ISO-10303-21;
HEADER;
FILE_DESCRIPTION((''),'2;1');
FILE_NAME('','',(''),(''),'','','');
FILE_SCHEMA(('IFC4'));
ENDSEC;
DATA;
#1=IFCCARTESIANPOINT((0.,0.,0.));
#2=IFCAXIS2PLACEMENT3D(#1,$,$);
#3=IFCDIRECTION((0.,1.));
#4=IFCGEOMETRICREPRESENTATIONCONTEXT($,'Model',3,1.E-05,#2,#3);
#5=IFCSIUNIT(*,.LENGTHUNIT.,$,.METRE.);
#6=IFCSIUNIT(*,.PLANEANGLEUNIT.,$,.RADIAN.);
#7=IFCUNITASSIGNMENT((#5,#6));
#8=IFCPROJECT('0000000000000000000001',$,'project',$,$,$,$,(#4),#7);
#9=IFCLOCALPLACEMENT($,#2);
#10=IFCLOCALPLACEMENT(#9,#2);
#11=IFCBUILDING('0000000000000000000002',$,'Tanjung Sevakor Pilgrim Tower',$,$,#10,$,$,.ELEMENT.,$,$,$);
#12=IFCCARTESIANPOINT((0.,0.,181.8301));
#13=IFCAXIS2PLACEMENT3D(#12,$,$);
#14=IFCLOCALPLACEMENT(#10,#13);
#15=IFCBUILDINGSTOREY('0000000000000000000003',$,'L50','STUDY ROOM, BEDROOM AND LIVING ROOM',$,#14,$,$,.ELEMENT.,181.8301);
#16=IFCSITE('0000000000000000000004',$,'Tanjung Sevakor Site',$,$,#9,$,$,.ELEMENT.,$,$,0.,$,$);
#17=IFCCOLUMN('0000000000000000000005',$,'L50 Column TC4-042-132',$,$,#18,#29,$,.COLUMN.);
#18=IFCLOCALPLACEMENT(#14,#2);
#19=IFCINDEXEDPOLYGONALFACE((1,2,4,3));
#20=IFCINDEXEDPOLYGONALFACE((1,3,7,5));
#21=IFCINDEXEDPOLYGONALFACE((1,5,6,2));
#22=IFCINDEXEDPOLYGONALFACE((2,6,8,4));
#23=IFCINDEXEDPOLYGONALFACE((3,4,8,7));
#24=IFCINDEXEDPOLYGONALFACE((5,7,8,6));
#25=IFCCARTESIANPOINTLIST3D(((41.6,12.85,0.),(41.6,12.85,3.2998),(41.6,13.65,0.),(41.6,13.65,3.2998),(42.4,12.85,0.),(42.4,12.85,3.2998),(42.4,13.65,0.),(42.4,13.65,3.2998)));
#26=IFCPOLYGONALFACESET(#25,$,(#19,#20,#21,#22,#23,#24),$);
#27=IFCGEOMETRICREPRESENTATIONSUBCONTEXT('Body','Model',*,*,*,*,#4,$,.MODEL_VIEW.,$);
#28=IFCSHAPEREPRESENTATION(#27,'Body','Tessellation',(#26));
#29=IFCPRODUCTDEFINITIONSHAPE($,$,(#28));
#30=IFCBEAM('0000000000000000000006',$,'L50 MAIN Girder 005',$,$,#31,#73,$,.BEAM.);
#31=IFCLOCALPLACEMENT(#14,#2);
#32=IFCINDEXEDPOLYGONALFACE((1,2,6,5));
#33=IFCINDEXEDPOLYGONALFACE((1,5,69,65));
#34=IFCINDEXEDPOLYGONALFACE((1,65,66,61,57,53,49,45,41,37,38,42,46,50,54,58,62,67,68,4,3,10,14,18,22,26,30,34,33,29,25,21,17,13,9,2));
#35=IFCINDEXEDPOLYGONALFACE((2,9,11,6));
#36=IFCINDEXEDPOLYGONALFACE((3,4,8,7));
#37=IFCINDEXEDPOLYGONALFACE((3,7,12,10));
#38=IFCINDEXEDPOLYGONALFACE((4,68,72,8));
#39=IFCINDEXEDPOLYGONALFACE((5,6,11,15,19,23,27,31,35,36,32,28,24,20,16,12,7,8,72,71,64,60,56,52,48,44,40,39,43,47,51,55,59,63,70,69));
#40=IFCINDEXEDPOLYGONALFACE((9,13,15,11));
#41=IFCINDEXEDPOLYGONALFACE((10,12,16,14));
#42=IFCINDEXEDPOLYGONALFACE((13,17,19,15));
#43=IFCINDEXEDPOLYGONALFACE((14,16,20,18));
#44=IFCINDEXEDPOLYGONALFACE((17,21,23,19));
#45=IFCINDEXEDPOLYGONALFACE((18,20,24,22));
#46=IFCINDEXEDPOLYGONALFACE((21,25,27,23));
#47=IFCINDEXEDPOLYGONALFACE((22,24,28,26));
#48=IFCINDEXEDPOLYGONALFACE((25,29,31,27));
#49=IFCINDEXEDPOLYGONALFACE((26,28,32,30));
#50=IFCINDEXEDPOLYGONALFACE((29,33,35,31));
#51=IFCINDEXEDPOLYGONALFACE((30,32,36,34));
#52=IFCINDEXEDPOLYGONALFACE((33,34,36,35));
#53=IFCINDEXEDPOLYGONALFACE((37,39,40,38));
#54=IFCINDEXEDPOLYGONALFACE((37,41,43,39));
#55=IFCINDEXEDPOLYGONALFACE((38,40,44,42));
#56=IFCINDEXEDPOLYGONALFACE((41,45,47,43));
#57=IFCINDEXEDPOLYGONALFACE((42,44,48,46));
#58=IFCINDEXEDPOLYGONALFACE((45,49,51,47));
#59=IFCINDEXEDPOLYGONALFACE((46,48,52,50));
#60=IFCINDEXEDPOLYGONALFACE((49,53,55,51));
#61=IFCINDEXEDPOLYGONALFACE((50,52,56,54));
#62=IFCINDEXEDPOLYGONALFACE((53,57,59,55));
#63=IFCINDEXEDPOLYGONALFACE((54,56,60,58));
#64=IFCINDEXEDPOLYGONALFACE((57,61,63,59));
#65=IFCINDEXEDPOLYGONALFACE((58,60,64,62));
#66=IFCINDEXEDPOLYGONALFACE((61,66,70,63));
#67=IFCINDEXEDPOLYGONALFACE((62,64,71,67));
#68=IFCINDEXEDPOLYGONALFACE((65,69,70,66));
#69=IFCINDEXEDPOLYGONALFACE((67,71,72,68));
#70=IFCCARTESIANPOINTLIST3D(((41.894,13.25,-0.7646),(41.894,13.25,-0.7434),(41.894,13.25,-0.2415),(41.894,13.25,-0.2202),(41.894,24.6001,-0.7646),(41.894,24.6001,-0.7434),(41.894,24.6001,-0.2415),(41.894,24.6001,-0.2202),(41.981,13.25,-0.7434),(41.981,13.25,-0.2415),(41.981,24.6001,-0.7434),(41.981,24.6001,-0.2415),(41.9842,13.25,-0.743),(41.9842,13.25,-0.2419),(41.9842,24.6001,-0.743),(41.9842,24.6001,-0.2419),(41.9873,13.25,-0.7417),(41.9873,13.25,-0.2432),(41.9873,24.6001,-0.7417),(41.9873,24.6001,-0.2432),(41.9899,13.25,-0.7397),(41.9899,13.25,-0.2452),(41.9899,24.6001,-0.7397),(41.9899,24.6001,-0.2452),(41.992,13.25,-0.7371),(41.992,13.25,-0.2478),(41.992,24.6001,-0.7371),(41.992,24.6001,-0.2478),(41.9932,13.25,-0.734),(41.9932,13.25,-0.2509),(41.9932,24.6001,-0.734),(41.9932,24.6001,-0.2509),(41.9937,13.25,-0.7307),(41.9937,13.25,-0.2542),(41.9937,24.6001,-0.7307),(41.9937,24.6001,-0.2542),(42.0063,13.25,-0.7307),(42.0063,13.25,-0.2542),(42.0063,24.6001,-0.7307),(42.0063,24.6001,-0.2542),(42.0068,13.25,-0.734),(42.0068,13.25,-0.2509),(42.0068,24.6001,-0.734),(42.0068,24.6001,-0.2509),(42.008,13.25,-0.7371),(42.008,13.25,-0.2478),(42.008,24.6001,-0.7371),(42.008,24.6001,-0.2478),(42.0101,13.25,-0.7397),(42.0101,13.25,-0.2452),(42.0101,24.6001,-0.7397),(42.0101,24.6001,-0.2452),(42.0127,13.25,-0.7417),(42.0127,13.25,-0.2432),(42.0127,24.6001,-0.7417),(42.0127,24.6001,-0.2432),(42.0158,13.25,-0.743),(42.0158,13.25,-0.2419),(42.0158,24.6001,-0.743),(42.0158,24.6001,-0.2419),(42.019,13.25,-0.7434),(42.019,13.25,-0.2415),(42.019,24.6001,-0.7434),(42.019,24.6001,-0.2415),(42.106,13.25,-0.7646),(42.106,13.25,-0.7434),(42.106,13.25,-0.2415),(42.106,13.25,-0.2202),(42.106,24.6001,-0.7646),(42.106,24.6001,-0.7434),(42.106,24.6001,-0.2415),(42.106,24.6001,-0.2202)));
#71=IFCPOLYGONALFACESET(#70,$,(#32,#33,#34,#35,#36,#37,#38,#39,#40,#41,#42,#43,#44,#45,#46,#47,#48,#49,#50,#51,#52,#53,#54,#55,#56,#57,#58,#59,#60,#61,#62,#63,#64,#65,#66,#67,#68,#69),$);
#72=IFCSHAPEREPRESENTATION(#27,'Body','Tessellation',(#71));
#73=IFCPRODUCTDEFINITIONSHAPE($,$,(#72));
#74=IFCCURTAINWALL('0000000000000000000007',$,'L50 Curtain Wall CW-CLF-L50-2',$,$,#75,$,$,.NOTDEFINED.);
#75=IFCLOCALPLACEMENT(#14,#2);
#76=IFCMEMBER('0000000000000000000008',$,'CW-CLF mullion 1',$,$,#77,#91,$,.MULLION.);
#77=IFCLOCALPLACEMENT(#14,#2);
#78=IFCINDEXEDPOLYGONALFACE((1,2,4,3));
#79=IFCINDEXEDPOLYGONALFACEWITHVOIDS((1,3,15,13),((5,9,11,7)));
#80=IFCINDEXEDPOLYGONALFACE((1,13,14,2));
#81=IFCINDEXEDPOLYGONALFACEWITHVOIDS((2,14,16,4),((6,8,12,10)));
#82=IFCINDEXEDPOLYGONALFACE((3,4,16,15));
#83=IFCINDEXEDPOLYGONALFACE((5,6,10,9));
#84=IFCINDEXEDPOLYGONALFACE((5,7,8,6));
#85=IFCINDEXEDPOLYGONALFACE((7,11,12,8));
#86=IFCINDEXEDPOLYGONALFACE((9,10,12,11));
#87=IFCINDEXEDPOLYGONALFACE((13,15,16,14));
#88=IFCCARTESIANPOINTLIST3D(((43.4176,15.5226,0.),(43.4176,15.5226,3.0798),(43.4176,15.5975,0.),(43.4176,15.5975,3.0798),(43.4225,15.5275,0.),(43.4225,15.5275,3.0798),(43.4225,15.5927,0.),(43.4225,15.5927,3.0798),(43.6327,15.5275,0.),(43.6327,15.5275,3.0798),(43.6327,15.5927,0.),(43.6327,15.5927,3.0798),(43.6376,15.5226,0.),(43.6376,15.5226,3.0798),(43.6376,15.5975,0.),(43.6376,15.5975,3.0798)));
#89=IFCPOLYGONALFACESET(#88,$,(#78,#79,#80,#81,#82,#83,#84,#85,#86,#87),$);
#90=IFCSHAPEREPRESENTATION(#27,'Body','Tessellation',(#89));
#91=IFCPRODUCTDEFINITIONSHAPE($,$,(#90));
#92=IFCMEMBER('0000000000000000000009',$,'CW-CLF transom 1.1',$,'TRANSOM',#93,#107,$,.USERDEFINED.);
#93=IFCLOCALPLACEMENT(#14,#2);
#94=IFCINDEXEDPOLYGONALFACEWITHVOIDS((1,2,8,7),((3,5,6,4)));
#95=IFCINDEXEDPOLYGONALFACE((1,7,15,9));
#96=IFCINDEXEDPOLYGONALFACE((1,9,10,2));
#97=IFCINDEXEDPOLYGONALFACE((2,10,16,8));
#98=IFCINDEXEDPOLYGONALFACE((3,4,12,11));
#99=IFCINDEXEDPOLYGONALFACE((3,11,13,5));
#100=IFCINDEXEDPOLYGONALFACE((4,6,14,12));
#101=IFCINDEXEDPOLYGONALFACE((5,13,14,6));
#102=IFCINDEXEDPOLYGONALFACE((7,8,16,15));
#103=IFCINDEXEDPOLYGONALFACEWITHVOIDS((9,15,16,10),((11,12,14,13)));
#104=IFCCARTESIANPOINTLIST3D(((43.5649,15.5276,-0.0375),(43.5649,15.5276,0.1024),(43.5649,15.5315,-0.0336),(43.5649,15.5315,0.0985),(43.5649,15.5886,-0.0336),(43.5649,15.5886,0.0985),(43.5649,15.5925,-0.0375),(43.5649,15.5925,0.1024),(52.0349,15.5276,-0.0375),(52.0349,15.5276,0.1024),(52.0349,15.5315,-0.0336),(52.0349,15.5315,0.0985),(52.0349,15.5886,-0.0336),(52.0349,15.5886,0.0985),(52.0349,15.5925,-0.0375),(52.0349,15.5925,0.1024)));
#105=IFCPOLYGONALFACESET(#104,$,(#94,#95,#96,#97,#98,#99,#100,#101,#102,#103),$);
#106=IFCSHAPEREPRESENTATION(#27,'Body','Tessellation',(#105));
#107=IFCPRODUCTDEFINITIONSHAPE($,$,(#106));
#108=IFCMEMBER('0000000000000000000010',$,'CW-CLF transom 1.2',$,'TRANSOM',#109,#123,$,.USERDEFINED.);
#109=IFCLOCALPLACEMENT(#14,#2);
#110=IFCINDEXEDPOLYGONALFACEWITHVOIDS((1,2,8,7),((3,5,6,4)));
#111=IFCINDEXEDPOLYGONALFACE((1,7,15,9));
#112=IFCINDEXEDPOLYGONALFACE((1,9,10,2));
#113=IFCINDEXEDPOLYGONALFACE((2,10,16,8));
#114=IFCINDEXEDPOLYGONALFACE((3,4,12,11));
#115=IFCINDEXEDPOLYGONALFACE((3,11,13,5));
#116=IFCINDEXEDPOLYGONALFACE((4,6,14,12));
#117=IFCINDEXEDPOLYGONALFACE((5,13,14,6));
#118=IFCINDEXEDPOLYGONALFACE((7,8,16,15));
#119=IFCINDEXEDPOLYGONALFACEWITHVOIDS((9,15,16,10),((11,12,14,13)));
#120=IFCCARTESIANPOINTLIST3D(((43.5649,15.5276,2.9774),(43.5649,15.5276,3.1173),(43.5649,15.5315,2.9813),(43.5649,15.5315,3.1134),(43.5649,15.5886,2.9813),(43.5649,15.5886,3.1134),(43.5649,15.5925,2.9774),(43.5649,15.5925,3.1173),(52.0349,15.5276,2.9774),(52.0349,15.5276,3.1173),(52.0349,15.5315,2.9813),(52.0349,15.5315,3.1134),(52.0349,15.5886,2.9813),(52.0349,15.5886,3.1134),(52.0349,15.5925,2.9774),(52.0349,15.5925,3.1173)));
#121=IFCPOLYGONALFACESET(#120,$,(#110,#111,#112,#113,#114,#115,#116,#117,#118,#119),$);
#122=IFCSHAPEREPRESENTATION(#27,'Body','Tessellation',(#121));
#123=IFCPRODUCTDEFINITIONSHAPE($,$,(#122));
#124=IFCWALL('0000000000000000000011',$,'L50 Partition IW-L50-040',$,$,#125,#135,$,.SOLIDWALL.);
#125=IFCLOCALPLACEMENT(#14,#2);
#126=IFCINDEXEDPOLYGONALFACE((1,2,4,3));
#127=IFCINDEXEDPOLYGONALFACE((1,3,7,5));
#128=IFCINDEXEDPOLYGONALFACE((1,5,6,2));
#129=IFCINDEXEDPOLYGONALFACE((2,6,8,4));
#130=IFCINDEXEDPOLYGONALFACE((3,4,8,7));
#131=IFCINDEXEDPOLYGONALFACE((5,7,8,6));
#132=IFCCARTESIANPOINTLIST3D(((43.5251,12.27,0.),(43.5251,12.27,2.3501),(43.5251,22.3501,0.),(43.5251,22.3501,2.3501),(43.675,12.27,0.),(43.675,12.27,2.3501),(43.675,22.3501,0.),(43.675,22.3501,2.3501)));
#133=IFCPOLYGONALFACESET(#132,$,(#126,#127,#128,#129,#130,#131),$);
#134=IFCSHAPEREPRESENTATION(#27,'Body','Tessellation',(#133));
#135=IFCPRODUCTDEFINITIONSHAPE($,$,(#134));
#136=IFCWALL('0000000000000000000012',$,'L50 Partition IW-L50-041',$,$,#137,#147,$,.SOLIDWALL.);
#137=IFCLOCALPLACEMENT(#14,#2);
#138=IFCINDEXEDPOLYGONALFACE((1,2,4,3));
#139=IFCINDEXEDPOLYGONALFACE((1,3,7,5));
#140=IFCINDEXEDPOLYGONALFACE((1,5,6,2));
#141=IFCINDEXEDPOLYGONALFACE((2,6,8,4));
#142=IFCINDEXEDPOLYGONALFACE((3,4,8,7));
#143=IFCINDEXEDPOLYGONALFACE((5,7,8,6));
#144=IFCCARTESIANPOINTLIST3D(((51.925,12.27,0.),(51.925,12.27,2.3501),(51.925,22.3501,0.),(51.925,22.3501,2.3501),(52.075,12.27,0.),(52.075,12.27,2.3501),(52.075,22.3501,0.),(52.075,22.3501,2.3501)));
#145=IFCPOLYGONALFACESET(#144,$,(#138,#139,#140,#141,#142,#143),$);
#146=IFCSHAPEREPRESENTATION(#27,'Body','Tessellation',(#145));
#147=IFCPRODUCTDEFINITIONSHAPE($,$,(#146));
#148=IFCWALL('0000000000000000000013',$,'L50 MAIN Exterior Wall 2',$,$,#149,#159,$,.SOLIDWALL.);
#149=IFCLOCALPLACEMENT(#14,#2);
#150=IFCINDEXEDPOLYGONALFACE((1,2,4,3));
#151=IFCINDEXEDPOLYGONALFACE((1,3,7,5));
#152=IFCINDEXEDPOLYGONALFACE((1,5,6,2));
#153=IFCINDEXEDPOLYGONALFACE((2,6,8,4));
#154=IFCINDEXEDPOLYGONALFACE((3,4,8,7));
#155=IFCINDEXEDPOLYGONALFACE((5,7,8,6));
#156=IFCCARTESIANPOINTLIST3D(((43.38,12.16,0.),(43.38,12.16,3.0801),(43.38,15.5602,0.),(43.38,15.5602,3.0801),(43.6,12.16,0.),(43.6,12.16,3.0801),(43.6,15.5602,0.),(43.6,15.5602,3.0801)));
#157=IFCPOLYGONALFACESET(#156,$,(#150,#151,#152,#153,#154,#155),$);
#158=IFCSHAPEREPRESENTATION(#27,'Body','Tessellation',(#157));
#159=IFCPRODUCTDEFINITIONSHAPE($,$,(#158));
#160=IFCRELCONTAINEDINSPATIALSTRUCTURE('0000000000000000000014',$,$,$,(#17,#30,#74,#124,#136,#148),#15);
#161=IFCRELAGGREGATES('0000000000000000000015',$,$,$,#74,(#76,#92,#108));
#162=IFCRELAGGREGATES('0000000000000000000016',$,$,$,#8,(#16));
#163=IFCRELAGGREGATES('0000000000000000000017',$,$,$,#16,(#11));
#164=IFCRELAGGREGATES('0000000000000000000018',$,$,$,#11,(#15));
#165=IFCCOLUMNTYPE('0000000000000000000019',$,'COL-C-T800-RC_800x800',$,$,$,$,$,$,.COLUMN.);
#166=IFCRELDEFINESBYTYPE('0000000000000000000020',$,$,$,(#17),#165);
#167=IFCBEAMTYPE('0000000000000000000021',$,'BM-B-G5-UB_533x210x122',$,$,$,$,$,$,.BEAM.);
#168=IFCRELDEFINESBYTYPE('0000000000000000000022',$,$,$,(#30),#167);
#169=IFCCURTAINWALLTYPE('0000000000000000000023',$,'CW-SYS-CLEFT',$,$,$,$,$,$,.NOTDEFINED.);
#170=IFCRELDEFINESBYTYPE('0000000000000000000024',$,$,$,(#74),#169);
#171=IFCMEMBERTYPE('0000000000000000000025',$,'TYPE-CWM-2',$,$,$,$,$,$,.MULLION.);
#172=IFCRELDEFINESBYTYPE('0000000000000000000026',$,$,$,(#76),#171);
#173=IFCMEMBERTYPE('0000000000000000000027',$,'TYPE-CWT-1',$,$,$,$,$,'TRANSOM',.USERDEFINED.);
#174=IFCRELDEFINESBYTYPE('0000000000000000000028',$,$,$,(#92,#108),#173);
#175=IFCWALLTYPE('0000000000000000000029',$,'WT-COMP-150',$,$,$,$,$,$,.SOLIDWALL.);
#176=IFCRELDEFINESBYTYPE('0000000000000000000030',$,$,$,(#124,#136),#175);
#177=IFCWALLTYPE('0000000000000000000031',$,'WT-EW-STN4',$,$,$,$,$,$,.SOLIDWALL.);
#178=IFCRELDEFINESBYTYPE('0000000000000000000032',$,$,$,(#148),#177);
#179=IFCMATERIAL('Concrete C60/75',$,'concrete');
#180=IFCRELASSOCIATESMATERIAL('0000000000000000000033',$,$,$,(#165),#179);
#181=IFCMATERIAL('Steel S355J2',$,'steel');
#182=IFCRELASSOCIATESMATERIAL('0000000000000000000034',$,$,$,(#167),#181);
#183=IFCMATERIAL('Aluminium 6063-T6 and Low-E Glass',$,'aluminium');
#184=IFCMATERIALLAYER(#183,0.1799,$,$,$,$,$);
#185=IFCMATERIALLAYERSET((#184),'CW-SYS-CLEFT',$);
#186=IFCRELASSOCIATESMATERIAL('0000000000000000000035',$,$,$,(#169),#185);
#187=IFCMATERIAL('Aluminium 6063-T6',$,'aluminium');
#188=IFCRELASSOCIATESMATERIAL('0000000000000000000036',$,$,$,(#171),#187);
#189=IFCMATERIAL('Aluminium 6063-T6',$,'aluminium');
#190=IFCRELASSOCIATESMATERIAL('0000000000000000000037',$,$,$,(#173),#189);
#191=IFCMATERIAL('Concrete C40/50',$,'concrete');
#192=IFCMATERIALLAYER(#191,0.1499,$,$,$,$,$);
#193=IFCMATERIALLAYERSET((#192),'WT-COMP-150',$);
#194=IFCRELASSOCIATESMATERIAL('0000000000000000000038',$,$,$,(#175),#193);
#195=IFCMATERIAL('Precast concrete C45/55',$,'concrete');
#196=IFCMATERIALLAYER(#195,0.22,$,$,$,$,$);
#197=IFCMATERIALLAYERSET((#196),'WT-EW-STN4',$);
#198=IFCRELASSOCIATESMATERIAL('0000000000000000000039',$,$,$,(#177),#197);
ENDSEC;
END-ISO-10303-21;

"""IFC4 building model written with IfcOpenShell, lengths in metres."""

from ifc_helpers import new_model, si_unit, direction, frame, frame_2d, origin, origin_2d, place, context, subcontext, project, spatial, rectangle, hollow_rectangle, i_section, extrude, material, layer, layer_set, material_profile, profile_set, type_object, element, aggregate, save


model = new_model("IFC4")

# Units and contexts
model_context = context("Model", 3, precision=1e-05, world=origin(), true_north=direction((0.0, 1.0)))
body_context = subcontext(model_context, "Body", "Model", "MODEL_VIEW")
ifc_project = project(units=[si_unit("LENGTHUNIT", "METRE"), si_unit("PLANEANGLEUNIT", "RADIAN")], contexts=[model_context])

# Site, building, storey
site_placement = place(None, origin())
site = spatial("IfcSite", under=ifc_project, at=site_placement, Name="Tanjung Sevakor Site", CompositionType="ELEMENT", RefElevation=0.0)
building_placement = place(site_placement, origin())
building = spatial("IfcBuilding", under=site, at=building_placement, Name="Tanjung Sevakor Pilgrim Tower", CompositionType="ELEMENT")
storey_placement = place(building_placement, frame((0.0, 0.0, 181.8301)))
storey = spatial("IfcBuildingStorey", under=building, at=storey_placement, Name="L50", Description="STUDY ROOM, BEDROOM AND LIVING ROOM", CompositionType="ELEMENT", Elevation=181.8301)

# Column
ifc_material_1 = material(Name="Concrete C60/75", Category="concrete")
ifc_material_profile_1 = material_profile(ifc_material_1, rectangle(XDim=0.8, YDim=0.8, at=origin_2d()))
ifc_profile_set_1 = profile_set([ifc_material_profile_1], Name="Concrete C60/75")
column_type = type_object("IfcColumnType", Name="COL-C-T800-RC_800x800", PredefinedType="COLUMN", material=ifc_profile_set_1)
column_placement = place(storey_placement, frame((42.0, 13.25, 0.0), z_axis=(0.0, 0.0, 1.0), x_axis=(1.0, 0.0, 0.0)))
element("IfcColumn", 1, at=column_placement, inside=storey, type_object=column_type, Name="L50 Column TC4-042-132", PredefinedType="COLUMN", context=body_context, shape_type="SweptSolid", body=[
    extrude(rectangle(XDim=0.8, YDim=0.8, at=origin_2d()), origin(), (0.0, 0.0, 1.0), 3.2998),
])

# Beam
ifc_material_2 = material(Name="Steel S355J2", Category="steel")
ifc_material_profile_2 = material_profile(ifc_material_2, i_section(OverallWidth=0.2119, OverallDepth=0.5444, WebThickness=0.0127, FlangeThickness=0.0212, FilletRadius=0.0127, at=origin_2d()))
ifc_profile_set_2 = profile_set([ifc_material_profile_2], Name="Steel S355J2")
beam_type = type_object("IfcBeamType", Name="BM-B-G5-UB_533x210x122", PredefinedType="BEAM", material=ifc_profile_set_2)
beam_placement = place(storey_placement, frame((42.0, 13.25, -0.4924), z_axis=(0.0, 1.0, 0.0), x_axis=(-1.0, 0.0, 0.0)))
element("IfcBeam", 2, at=beam_placement, inside=storey, type_object=beam_type, Name="L50 MAIN Girder 005", PredefinedType="BEAM", context=body_context, shape_type="SweptSolid", body=[
    extrude(i_section(OverallWidth=0.2119, OverallDepth=0.5444, WebThickness=0.0127, FlangeThickness=0.0212, FilletRadius=0.0127, at=origin_2d()), origin(), (0.0, 0.0, 1.0), 11.3501),
])

# Curtain wall, members
ifc_material_3 = material(Name="Aluminium 6063-T6 and Low-E Glass", Category="aluminium")
ifc_layer_1 = layer(ifc_material_3, 0.1799)
ifc_layer_set_1 = layer_set([ifc_layer_1], Name="CW-SYS-CLEFT")
curtain_wall_type = type_object("IfcCurtainWallType", Name="CW-SYS-CLEFT", PredefinedType="NOTDEFINED", material=ifc_layer_set_1)
curtain_wall_placement = place(storey_placement, origin())
curtain_wall = element("IfcCurtainWall", 3, at=curtain_wall_placement, inside=storey, type_object=curtain_wall_type, Name="L50 Curtain Wall CW-CLF-L50-2", PredefinedType="NOTDEFINED")
ifc_material_4 = material(Name="Aluminium 6063-T6", Category="aluminium")
ifc_material_profile_3 = material_profile(ifc_material_4, hollow_rectangle(XDim=0.075, YDim=0.22, WallThickness=0.0049, at=origin_2d()))
ifc_profile_set_3 = profile_set([ifc_material_profile_3], Name="Aluminium 6063-T6")
member_type_1 = type_object("IfcMemberType", Name="TYPE-CWM-2", PredefinedType="MULLION", material=ifc_profile_set_3)
member_1_placement = place(storey_placement, frame((43.5276, 15.5601, 0.0), z_axis=(0.0, 0.0, 1.0), x_axis=(0.0, 1.0, 0.0)))
member_1 = element("IfcMember", 4, at=member_1_placement, type_object=member_type_1, Name="CW-CLF mullion 1", PredefinedType="MULLION", context=body_context, shape_type="SweptSolid", body=[
    extrude(hollow_rectangle(XDim=0.075, YDim=0.22, WallThickness=0.0049, at=origin_2d()), origin(), (0.0, 0.0, 1.0), 3.0798),
])
ifc_material_5 = material(Name="Aluminium 6063-T6", Category="aluminium")
ifc_material_profile_4 = material_profile(ifc_material_5, hollow_rectangle(XDim=0.0649, YDim=0.1399, WallThickness=0.0039, at=origin_2d()))
ifc_profile_set_4 = profile_set([ifc_material_profile_4], Name="Aluminium 6063-T6")
member_type_2 = type_object("IfcMemberType", Name="TYPE-CWT-1", ElementType="TRANSOM", PredefinedType="USERDEFINED", material=ifc_profile_set_4)
member_2_placement = place(storey_placement, frame((43.5649, 15.5601, 0.0325), z_axis=(1.0, 0.0, 0.0), x_axis=(0.0, 1.0, 0.0)))
member_2 = element("IfcMember", 5, at=member_2_placement, type_object=member_type_2, Name="CW-CLF transom 1.1", ObjectType="TRANSOM", PredefinedType="USERDEFINED", context=body_context, shape_type="SweptSolid", body=[
    extrude(hollow_rectangle(XDim=0.0649, YDim=0.1399, WallThickness=0.0039, at=origin_2d()), origin(), (0.0, 0.0, 1.0), 8.47),
])
member_3_placement = place(storey_placement, frame((43.5649, 15.5601, 3.0474), z_axis=(1.0, 0.0, 0.0), x_axis=(0.0, 1.0, 0.0)))
member_3 = element("IfcMember", 6, at=member_3_placement, type_object=member_type_2, Name="CW-CLF transom 1.2", ObjectType="TRANSOM", PredefinedType="USERDEFINED", context=body_context, shape_type="SweptSolid", body=[
    extrude(hollow_rectangle(XDim=0.0649, YDim=0.1399, WallThickness=0.0039, at=origin_2d()), origin(), (0.0, 0.0, 1.0), 8.47),
])
aggregate(curtain_wall, [member_1, member_2, member_3])

# Walls
ifc_material_6 = material(Name="Concrete C40/50", Category="concrete")
ifc_layer_2 = layer(ifc_material_6, 0.1499)
ifc_layer_set_2 = layer_set([ifc_layer_2], Name="WT-COMP-150")
wall_type_1 = type_object("IfcWallType", Name="WT-COMP-150", PredefinedType="SOLIDWALL", material=ifc_layer_set_2)
for number, where, z_axis, x_axis, name in (
    (7, (43.6001, 12.27, 0.0), (0.0, 0.0, 1.0), (0.0, 1.0, 0.0), "L50 Partition IW-L50-040"),
    (8, (52.0, 12.27, 0.0), (0.0, 0.0, 1.0), (0.0, 1.0, 0.0), "L50 Partition IW-L50-041"),
):
    element("IfcWall", number, at=place(storey_placement, frame(where, z_axis=z_axis, x_axis=x_axis)), inside=storey, type_object=wall_type_1, Name=name, PredefinedType="SOLIDWALL", context=body_context, shape_type="SweptSolid", body=[
        extrude(rectangle(XDim=10.0801, YDim=0.1499, at=frame_2d((5.04, 0.0))), origin(), (0.0, 0.0, 1.0), 2.3501),
    ])
ifc_material_7 = material(Name="Precast concrete C45/55", Category="concrete")
ifc_layer_3 = layer(ifc_material_7, 0.22)
ifc_layer_set_3 = layer_set([ifc_layer_3], Name="WT-EW-STN4")
wall_type_2 = type_object("IfcWallType", Name="WT-EW-STN4", PredefinedType="SOLIDWALL", material=ifc_layer_set_3)
wall_1_placement = place(storey_placement, frame((43.49, 12.1599, 0.0), z_axis=(0.0, 0.0, 1.0), x_axis=(0.0, 1.0, 0.0)))
element("IfcWall", 9, at=wall_1_placement, inside=storey, type_object=wall_type_2, Name="L50 MAIN Exterior Wall 2", PredefinedType="SOLIDWALL", context=body_context, shape_type="SweptSolid", body=[
    extrude(rectangle(XDim=3.4001, YDim=0.22, at=frame_2d((1.7002, 0.0))), origin(), (0.0, 0.0, 1.0), 3.0801),
])

save(model, "model.ifc")
